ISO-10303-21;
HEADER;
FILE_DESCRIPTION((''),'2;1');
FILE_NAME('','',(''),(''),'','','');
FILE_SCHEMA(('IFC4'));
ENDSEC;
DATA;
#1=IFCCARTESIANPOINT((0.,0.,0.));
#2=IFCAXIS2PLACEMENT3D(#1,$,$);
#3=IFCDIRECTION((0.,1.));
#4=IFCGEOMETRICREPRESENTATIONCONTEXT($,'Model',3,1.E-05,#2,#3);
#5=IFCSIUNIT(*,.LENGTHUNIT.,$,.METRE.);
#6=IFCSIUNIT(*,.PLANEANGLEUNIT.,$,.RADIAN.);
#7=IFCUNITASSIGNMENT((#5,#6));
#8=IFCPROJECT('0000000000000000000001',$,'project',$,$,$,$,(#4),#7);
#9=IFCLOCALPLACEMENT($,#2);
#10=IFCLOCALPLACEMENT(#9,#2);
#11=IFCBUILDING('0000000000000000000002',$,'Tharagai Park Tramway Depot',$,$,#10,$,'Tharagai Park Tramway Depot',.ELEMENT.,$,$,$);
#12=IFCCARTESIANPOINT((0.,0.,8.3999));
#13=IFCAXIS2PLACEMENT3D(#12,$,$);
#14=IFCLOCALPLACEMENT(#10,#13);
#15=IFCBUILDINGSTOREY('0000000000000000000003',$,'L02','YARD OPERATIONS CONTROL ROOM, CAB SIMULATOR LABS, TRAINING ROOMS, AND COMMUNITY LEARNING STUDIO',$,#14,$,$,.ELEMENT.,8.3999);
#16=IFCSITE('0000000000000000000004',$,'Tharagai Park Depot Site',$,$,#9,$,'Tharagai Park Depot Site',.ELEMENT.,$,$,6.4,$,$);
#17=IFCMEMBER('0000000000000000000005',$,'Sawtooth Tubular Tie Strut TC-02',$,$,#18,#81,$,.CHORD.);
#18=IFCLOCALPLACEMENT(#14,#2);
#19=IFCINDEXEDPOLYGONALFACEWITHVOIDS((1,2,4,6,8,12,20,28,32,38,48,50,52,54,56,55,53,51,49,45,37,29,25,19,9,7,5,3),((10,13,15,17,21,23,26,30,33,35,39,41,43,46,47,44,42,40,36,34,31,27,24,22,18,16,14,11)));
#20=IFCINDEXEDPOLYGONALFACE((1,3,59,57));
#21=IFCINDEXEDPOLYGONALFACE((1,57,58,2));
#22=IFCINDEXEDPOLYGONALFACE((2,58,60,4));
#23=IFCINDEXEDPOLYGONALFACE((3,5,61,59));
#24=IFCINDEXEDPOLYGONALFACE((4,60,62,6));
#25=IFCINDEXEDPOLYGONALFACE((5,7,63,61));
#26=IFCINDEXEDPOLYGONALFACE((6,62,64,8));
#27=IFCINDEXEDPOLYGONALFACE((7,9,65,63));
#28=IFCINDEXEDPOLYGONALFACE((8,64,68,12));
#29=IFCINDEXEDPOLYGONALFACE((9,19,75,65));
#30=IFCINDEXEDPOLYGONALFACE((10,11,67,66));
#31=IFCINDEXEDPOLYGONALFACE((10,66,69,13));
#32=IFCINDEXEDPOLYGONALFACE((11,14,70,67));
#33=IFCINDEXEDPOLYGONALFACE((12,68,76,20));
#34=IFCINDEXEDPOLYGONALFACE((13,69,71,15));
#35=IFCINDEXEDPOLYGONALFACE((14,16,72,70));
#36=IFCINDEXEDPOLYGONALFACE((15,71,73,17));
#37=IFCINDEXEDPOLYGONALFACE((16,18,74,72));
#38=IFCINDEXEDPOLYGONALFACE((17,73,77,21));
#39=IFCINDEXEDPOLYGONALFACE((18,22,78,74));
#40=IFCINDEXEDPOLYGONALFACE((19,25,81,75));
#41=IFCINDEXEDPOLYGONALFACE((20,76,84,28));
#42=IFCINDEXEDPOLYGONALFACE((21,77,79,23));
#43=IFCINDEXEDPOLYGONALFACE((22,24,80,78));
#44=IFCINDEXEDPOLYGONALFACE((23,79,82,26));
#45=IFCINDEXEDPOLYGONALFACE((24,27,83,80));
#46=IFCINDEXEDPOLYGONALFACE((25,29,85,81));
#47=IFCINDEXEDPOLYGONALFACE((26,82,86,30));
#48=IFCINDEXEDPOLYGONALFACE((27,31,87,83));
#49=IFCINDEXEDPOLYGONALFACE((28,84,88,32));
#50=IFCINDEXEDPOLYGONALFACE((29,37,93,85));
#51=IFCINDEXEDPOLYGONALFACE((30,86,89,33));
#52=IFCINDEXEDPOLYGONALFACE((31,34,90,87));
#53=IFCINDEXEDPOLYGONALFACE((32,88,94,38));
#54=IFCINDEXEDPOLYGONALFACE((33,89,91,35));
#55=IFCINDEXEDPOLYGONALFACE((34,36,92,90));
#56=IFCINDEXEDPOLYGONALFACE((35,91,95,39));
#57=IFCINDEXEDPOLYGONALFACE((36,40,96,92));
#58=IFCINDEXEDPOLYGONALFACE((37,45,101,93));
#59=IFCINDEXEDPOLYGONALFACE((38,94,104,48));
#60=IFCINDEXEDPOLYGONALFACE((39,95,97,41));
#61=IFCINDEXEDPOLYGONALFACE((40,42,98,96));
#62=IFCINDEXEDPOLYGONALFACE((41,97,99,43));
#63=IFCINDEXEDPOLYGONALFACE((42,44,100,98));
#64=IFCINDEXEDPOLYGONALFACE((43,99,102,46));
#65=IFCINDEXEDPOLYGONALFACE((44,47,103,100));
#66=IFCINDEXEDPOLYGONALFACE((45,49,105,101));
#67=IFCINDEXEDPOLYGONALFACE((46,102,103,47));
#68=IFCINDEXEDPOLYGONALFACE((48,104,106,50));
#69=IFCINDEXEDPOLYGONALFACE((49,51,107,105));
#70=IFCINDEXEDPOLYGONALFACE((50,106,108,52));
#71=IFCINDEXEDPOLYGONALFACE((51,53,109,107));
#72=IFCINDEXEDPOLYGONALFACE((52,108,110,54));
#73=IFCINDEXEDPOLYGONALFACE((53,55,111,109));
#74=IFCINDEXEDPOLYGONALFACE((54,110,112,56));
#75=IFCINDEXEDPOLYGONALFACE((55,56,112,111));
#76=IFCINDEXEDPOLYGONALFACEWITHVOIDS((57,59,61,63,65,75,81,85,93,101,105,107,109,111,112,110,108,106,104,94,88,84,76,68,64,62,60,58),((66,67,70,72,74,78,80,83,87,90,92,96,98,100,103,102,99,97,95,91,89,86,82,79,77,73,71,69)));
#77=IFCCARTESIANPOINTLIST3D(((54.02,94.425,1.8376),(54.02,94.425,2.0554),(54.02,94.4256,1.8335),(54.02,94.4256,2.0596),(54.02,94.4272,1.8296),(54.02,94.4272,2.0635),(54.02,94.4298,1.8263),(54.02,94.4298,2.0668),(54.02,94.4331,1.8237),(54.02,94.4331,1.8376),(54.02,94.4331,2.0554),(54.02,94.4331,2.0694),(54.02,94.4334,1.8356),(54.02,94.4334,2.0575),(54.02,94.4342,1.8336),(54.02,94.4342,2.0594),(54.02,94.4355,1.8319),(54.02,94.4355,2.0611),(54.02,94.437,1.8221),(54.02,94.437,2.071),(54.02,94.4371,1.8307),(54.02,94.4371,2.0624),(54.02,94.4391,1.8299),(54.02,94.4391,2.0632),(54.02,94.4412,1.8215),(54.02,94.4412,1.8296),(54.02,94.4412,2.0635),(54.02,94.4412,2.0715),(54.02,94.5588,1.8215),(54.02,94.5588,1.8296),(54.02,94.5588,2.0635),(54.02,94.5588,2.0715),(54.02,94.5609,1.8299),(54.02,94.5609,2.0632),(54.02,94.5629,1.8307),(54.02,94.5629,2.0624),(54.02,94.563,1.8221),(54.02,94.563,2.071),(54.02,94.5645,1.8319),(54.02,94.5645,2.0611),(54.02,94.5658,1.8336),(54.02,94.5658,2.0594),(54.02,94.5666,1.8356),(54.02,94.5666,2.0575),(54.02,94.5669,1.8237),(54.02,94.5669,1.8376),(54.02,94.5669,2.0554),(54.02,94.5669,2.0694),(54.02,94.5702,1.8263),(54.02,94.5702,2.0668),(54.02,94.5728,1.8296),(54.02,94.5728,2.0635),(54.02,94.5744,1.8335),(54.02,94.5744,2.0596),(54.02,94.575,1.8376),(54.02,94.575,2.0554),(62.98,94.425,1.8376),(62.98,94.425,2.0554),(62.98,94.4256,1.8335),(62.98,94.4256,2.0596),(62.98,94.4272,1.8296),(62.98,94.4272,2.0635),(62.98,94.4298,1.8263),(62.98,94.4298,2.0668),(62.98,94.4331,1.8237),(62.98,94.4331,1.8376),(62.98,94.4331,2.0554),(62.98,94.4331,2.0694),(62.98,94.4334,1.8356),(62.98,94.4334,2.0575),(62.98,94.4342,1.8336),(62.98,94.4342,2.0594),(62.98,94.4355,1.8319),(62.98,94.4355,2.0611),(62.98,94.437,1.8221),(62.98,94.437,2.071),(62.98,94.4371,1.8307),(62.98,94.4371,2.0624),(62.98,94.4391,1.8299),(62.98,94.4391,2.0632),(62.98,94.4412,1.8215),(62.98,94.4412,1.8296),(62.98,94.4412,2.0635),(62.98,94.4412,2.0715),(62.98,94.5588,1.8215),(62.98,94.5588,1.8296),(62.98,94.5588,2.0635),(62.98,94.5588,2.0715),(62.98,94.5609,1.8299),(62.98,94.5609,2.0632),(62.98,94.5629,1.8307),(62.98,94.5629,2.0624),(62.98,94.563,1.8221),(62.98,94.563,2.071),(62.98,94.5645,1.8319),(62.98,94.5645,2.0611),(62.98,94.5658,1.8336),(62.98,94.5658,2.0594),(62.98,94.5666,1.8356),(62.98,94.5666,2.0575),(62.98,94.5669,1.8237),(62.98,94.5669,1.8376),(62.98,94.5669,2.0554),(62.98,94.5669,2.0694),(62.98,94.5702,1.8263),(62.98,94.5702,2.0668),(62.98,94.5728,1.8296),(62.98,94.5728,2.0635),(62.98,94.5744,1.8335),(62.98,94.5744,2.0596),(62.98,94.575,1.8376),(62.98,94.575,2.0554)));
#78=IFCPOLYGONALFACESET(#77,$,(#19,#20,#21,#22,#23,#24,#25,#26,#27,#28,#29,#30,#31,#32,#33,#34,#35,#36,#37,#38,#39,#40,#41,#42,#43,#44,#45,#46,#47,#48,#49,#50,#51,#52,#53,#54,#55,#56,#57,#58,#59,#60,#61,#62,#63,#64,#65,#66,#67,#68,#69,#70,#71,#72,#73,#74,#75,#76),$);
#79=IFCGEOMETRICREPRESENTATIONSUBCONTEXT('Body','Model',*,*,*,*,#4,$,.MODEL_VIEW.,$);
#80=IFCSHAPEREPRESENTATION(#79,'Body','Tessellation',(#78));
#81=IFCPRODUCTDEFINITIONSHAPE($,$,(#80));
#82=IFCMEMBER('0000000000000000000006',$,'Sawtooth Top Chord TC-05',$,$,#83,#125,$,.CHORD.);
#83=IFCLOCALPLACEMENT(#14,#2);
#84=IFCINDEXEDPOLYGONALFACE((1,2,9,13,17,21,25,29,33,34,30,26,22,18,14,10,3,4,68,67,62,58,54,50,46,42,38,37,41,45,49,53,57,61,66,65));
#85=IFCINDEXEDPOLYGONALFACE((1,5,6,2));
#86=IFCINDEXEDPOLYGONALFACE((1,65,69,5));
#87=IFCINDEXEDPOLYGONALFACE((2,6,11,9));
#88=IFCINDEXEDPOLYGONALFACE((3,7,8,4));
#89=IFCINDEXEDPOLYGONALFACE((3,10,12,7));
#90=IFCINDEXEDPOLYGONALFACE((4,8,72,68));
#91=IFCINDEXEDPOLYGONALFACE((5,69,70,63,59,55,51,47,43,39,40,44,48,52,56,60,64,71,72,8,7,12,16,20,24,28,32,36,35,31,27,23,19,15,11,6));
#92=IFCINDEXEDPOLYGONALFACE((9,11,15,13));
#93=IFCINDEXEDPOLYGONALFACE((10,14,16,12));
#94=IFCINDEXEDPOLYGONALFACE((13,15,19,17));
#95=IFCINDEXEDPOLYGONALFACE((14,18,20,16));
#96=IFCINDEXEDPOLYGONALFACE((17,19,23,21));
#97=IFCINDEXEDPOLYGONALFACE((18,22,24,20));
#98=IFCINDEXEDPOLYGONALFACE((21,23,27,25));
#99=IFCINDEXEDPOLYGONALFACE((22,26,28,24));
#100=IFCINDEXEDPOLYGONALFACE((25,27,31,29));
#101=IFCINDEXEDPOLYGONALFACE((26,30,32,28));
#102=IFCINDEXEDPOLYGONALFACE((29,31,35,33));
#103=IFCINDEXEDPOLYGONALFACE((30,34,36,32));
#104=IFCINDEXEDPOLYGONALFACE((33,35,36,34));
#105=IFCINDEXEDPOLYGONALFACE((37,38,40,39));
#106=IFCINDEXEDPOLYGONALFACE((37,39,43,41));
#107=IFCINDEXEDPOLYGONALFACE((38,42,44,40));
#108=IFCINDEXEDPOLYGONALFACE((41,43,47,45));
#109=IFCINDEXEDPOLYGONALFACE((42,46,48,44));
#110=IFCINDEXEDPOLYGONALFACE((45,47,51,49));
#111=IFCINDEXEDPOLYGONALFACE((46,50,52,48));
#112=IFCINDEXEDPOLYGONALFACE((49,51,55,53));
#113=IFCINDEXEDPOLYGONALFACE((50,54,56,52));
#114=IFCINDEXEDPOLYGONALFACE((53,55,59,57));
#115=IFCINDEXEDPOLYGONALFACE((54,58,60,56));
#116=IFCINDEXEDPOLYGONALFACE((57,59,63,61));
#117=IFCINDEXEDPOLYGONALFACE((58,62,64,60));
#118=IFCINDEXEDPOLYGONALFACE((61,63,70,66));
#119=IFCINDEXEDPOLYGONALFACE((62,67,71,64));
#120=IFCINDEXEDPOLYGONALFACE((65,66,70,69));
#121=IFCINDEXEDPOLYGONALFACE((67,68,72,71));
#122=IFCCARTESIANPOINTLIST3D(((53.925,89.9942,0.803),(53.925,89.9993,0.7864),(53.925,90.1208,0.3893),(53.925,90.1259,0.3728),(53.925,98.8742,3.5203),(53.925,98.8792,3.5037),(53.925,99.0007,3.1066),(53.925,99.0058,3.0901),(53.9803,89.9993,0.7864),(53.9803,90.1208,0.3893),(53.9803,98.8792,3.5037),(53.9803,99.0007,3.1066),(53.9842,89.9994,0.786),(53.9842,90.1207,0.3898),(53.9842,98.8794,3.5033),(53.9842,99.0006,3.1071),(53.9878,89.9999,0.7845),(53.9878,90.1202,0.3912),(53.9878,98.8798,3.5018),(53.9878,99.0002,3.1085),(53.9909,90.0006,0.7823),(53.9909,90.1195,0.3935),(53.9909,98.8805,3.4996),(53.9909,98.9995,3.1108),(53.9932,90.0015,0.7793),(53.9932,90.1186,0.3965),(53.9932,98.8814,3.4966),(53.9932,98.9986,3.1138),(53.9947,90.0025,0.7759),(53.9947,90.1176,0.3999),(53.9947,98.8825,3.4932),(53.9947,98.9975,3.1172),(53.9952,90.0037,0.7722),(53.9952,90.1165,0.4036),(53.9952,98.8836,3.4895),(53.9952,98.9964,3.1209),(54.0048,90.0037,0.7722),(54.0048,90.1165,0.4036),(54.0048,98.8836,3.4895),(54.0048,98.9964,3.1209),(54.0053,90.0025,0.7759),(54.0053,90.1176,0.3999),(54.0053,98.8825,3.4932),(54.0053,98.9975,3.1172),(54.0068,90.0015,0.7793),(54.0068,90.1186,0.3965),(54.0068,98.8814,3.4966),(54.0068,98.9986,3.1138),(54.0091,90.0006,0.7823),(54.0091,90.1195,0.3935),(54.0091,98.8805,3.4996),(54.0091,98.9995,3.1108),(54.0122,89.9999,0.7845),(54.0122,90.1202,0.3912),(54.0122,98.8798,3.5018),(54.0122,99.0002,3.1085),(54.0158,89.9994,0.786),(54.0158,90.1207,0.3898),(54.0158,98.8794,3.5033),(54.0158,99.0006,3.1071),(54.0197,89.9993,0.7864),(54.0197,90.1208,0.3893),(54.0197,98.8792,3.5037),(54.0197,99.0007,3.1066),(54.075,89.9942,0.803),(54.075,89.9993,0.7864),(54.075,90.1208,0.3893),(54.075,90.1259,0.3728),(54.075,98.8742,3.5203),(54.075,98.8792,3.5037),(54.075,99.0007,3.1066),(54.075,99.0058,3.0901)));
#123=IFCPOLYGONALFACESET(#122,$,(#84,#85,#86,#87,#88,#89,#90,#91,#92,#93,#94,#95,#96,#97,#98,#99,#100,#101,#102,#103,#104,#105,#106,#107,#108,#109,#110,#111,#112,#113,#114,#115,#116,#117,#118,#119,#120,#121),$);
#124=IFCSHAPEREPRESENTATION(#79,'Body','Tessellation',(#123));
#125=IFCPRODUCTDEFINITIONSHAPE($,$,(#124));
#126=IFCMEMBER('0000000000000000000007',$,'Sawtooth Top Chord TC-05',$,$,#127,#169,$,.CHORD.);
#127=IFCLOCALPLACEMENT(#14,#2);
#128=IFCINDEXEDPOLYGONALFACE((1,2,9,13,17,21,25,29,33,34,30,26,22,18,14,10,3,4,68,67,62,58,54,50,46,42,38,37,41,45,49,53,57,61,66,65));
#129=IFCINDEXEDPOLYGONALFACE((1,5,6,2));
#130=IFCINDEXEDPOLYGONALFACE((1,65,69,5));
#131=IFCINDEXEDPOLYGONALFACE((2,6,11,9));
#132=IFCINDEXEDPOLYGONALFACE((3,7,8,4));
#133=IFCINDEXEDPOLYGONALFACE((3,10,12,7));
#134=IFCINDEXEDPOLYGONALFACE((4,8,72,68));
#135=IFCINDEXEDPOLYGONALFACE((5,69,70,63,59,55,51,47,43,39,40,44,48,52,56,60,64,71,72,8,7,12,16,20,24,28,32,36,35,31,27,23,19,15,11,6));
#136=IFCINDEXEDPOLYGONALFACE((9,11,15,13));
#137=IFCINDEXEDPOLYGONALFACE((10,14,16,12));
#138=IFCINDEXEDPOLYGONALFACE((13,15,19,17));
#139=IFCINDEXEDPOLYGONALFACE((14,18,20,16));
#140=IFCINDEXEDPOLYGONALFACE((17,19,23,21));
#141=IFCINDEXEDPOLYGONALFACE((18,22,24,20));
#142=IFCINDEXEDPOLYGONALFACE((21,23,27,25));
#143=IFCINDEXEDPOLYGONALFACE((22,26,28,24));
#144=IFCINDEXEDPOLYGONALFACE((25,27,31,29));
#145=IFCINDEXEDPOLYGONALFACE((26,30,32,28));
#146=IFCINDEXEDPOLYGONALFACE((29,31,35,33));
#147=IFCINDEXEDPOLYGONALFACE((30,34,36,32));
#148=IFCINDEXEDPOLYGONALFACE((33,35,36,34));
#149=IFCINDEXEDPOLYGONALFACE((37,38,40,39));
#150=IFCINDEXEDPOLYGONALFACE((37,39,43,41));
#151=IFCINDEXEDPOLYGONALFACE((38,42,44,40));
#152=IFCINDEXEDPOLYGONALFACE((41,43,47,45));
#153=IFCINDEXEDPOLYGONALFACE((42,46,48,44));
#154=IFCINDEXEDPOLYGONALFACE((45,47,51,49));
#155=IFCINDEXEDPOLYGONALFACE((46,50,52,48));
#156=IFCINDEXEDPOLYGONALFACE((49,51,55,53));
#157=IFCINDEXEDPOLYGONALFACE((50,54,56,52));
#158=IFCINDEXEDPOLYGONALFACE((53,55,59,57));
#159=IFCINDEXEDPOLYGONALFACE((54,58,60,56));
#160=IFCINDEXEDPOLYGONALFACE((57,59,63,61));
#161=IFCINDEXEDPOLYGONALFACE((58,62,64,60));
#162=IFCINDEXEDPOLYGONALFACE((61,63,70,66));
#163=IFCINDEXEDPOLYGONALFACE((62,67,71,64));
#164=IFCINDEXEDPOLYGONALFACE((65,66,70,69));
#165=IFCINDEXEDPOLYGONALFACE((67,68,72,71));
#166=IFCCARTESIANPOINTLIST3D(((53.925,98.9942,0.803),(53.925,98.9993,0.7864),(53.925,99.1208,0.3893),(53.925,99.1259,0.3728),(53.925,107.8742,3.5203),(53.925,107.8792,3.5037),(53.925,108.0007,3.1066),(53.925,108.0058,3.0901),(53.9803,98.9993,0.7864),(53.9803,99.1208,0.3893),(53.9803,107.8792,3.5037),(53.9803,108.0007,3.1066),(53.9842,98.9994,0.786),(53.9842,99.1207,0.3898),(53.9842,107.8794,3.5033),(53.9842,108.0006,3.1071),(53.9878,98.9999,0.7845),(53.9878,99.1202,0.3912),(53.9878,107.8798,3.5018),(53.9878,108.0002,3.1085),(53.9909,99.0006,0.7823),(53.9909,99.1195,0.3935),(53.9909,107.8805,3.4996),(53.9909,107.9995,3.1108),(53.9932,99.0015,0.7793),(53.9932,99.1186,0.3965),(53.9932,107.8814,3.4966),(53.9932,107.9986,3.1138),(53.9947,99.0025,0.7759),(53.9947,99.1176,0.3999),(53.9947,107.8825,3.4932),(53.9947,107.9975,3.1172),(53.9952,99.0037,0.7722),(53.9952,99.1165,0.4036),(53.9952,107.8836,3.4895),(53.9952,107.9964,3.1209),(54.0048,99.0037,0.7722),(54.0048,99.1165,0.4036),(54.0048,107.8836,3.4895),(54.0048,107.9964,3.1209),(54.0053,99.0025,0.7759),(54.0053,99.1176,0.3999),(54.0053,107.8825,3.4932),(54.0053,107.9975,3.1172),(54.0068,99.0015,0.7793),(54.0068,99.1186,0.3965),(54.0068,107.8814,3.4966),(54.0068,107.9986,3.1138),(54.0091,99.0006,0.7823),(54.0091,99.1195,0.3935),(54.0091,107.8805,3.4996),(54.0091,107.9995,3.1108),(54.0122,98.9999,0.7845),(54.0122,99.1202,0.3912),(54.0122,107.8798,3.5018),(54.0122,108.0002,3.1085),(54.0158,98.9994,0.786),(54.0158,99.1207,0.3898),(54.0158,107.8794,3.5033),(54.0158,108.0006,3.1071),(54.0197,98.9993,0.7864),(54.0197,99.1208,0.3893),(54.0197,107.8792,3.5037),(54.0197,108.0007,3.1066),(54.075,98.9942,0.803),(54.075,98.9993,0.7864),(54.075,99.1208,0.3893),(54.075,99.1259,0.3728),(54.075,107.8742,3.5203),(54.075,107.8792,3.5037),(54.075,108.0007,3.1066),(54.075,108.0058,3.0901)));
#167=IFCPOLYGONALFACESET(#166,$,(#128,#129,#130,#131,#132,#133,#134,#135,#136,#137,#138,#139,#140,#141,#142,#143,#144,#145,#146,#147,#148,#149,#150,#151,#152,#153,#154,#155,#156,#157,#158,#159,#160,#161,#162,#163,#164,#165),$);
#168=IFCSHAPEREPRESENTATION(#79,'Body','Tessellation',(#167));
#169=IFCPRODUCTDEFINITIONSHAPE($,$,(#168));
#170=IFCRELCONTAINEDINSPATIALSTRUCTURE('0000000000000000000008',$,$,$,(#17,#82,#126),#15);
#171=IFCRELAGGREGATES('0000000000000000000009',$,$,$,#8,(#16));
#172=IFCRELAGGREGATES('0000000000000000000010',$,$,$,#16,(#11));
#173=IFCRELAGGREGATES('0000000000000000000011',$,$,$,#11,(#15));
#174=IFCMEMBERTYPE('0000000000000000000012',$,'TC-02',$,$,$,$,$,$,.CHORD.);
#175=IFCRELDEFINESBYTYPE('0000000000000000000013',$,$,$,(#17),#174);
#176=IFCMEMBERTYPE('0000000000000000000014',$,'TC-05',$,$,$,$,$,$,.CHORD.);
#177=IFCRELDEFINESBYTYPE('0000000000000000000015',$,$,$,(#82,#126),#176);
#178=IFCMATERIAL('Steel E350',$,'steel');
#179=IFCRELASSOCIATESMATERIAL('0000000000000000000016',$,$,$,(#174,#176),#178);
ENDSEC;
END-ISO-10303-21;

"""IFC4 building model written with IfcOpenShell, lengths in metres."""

from ifc_helpers import new_model, si_unit, direction, frame, origin, origin_2d, place, context, subcontext, project, spatial, hollow_rectangle, i_section, extrude, material, material_profile, profile_set, type_object, element, save


model = new_model("IFC4")

# Units and contexts
model_context = context("Model", 3, precision=1e-05, world=origin(), true_north=direction((0.0, 1.0)))
body_context = subcontext(model_context, "Body", "Model", "MODEL_VIEW")
ifc_project = project(units=[si_unit("LENGTHUNIT", "METRE"), si_unit("PLANEANGLEUNIT", "RADIAN")], contexts=[model_context])

# Site, building, storey
site_placement = place(None, origin())
site = spatial("IfcSite", under=ifc_project, at=site_placement, Name="Tharagai Park Depot Site", LongName="Tharagai Park Depot Site", CompositionType="ELEMENT", RefElevation=6.4)
building_placement = place(site_placement, origin())
building = spatial("IfcBuilding", under=site, at=building_placement, Name="Tharagai Park Tramway Depot", LongName="Tharagai Park Tramway Depot", CompositionType="ELEMENT")
storey_placement = place(building_placement, frame((0.0, 0.0, 8.3999)))
storey = spatial("IfcBuildingStorey", under=building, at=storey_placement, Name="L02", Description="YARD OPERATIONS CONTROL ROOM, CAB SIMULATOR LABS, TRAINING ROOMS, AND COMMUNITY LEARNING STUDIO", CompositionType="ELEMENT", Elevation=8.3999)

# Shared definitions
ifc_material_1 = material(Name="Steel E350", Category="steel")

# Members
ifc_material_profile_1 = material_profile(ifc_material_1, hollow_rectangle(XDim=0.1499, YDim=0.25, WallThickness=0.0081, InnerFilletRadius=0.0081, OuterFilletRadius=0.0161, at=origin_2d()), Name="RHS 250x150x8")
ifc_profile_set_1 = profile_set([ifc_material_profile_1], Name="Steel E350")
member_type_1 = type_object("IfcMemberType", Name="TC-02", PredefinedType="CHORD", material=ifc_profile_set_1)
member_1_placement = place(storey_placement, frame((54.02, 94.5, 1.9465), z_axis=(1.0, 0.0, 0.0), x_axis=(0.0, 1.0, 0.0)))
element("IfcMember", 1, at=member_1_placement, inside=storey, type_object=member_type_1, Name="Sawtooth Tubular Tie Strut TC-02", PredefinedType="CHORD", context=body_context, shape_type="SweptSolid", body=[
    extrude(hollow_rectangle(XDim=0.1499, YDim=0.25, WallThickness=0.0081, InnerFilletRadius=0.0081, OuterFilletRadius=0.0161, at=origin_2d()), origin(), (0.0, 0.0, 1.0), 8.96),
])
ifc_material_profile_2 = material_profile(ifc_material_1, i_section(OverallWidth=0.1499, OverallDepth=0.45, WebThickness=0.0095, FlangeThickness=0.0173, FilletRadius=0.0149, at=origin_2d()), Name="ISMB 450")
ifc_profile_set_2 = profile_set([ifc_material_profile_2], Name="Steel E350")
member_type_2 = type_object("IfcMemberType", Name="TC-05", PredefinedType="CHORD", material=ifc_profile_set_2)
for number, where, z_axis, x_axis, name in (
    (2, (54.0, 90.0601, 0.5879), (0.0, 0.956231, 0.292611), (-1.0, 0.0, 0.0), "Sawtooth Top Chord TC-05"),
    (3, (54.0, 99.0601, 0.5879), (0.0, 0.956231, 0.292611), (-1.0, 0.0, 0.0), "Sawtooth Top Chord TC-05"),
):
    element("IfcMember", number, at=place(storey_placement, frame(where, z_axis=z_axis, x_axis=x_axis)), inside=storey, type_object=member_type_2, Name=name, PredefinedType="CHORD", context=body_context, shape_type="SweptSolid", body=[
        extrude(i_section(OverallWidth=0.1499, OverallDepth=0.45, WebThickness=0.0095, FlangeThickness=0.0173, FilletRadius=0.0149, at=origin_2d()), origin(), (0.0, 0.0, 1.0), 9.2864),
    ])

save(model, "model.ifc")
